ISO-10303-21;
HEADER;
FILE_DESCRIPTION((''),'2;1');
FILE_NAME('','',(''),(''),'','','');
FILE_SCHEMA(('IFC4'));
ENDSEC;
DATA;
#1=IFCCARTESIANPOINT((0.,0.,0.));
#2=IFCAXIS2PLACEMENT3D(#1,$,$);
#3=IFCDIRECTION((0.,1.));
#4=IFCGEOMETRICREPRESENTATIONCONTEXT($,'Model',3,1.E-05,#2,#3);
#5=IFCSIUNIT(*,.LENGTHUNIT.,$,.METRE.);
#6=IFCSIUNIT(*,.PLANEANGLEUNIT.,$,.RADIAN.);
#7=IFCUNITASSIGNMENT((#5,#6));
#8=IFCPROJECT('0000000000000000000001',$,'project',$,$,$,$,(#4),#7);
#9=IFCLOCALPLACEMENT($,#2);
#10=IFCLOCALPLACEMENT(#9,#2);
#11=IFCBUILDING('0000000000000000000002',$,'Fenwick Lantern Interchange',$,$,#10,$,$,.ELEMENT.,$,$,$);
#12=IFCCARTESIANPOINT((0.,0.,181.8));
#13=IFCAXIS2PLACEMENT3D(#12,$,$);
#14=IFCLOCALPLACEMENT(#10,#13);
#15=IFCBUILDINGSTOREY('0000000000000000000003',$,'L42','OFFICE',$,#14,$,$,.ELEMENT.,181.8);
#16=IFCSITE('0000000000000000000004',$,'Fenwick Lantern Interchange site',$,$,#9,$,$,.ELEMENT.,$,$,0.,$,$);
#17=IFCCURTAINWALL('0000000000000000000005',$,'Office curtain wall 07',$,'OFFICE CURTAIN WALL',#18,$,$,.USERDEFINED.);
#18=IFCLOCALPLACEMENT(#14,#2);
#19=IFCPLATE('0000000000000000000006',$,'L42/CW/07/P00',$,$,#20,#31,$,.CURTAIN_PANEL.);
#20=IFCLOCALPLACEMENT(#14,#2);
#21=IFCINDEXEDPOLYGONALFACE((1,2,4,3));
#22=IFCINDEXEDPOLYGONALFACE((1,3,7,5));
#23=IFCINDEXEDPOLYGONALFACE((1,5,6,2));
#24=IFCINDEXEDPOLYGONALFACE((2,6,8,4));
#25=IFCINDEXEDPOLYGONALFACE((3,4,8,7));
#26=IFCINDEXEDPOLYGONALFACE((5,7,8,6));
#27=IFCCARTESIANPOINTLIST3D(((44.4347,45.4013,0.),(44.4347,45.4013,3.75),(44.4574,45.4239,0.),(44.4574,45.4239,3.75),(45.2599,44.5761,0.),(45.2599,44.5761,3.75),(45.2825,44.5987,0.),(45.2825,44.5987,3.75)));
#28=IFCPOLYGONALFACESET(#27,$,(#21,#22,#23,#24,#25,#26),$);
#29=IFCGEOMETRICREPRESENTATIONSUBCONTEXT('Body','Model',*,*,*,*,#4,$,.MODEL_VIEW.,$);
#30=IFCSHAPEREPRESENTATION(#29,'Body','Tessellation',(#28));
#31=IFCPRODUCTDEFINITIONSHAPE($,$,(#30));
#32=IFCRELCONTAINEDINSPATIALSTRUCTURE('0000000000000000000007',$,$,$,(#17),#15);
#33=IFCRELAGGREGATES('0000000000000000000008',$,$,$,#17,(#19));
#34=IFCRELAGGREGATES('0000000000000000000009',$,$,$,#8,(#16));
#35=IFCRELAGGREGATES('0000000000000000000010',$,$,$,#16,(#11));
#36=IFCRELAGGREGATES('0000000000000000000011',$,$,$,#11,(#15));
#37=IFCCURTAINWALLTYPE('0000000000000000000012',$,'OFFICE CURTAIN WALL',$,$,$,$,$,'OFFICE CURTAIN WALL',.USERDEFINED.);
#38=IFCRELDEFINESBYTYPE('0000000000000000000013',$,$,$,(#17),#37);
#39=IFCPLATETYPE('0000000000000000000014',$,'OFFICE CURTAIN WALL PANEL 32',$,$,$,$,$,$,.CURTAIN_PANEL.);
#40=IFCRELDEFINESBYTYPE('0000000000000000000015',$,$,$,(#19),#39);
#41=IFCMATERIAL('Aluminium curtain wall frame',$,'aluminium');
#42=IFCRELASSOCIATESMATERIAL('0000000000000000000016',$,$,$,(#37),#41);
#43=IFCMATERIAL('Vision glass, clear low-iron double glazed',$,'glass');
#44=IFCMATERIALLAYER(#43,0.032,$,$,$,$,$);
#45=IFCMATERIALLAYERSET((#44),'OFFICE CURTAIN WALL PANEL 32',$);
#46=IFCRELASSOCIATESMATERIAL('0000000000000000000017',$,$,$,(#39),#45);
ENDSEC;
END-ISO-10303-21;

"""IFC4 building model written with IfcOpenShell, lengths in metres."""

from ifc_helpers import new_model, si_unit, direction, frame, origin, origin_2d, place, context, subcontext, project, spatial, rectangle, extrude, material, layer, layer_set, type_object, element, aggregate, save


model = new_model("IFC4")

# Units and contexts
model_context = context("Model", 3, precision=1e-05, world=origin(), true_north=direction((0.0, 1.0)))
body_context = subcontext(model_context, "Body", "Model", "MODEL_VIEW")
ifc_project = project(units=[si_unit("LENGTHUNIT", "METRE"), si_unit("PLANEANGLEUNIT", "RADIAN")], contexts=[model_context])

# Site, building, storey
site_placement = place(None, origin())
site = spatial("IfcSite", under=ifc_project, at=site_placement, Name="Fenwick Lantern Interchange site", CompositionType="ELEMENT", RefElevation=0.0)
building_placement = place(site_placement, origin())
building = spatial("IfcBuilding", under=site, at=building_placement, Name="Fenwick Lantern Interchange", CompositionType="ELEMENT")
storey_placement = place(building_placement, frame((0.0, 0.0, 181.8)))
storey = spatial("IfcBuildingStorey", under=building, at=storey_placement, Name="L42", Description="OFFICE", CompositionType="ELEMENT", Elevation=181.8)

# Shared definitions
ifc_material_1 = material(Name="Aluminium curtain wall frame", Category="aluminium")
curtain_wall_type = type_object("IfcCurtainWallType", Name="OFFICE CURTAIN WALL", ElementType="OFFICE CURTAIN WALL", PredefinedType="USERDEFINED", material=ifc_material_1)

# Curtain wall
curtain_wall_1_placement = place(storey_placement, origin())
curtain_wall_1 = element("IfcCurtainWall", 1, at=curtain_wall_1_placement, inside=storey, type_object=curtain_wall_type, Name="Office curtain wall 07", ObjectType="OFFICE CURTAIN WALL", PredefinedType="USERDEFINED")

# Plate
ifc_material_2 = material(Name="Vision glass, clear low-iron double glazed", Category="glass")
ifc_layer_1 = layer(ifc_material_2, 0.032)
ifc_layer_set_1 = layer_set([ifc_layer_1], Name="OFFICE CURTAIN WALL PANEL 32")
plate_type = type_object("IfcPlateType", Name="OFFICE CURTAIN WALL PANEL 32", PredefinedType="CURTAIN_PANEL", material=ifc_layer_set_1)
plate_1_placement = place(storey_placement, frame((44.8586, 45.0, 0.0), z_axis=(0.0, 0.0, 1.0), x_axis=(-0.707107, 0.707107, 0.0)))
plate_1 = element("IfcPlate", 2, at=plate_1_placement, type_object=plate_type, Name="L42/CW/07/P00", PredefinedType="CURTAIN_PANEL", context=body_context, shape_type="SweptSolid", body=[
    extrude(rectangle(XDim=1.167, YDim=0.032, at=origin_2d()), origin(), (0.0, 0.0, 1.0), 3.75),
])
aggregate(curtain_wall_1, [plate_1])

save(model, "model.ifc")
